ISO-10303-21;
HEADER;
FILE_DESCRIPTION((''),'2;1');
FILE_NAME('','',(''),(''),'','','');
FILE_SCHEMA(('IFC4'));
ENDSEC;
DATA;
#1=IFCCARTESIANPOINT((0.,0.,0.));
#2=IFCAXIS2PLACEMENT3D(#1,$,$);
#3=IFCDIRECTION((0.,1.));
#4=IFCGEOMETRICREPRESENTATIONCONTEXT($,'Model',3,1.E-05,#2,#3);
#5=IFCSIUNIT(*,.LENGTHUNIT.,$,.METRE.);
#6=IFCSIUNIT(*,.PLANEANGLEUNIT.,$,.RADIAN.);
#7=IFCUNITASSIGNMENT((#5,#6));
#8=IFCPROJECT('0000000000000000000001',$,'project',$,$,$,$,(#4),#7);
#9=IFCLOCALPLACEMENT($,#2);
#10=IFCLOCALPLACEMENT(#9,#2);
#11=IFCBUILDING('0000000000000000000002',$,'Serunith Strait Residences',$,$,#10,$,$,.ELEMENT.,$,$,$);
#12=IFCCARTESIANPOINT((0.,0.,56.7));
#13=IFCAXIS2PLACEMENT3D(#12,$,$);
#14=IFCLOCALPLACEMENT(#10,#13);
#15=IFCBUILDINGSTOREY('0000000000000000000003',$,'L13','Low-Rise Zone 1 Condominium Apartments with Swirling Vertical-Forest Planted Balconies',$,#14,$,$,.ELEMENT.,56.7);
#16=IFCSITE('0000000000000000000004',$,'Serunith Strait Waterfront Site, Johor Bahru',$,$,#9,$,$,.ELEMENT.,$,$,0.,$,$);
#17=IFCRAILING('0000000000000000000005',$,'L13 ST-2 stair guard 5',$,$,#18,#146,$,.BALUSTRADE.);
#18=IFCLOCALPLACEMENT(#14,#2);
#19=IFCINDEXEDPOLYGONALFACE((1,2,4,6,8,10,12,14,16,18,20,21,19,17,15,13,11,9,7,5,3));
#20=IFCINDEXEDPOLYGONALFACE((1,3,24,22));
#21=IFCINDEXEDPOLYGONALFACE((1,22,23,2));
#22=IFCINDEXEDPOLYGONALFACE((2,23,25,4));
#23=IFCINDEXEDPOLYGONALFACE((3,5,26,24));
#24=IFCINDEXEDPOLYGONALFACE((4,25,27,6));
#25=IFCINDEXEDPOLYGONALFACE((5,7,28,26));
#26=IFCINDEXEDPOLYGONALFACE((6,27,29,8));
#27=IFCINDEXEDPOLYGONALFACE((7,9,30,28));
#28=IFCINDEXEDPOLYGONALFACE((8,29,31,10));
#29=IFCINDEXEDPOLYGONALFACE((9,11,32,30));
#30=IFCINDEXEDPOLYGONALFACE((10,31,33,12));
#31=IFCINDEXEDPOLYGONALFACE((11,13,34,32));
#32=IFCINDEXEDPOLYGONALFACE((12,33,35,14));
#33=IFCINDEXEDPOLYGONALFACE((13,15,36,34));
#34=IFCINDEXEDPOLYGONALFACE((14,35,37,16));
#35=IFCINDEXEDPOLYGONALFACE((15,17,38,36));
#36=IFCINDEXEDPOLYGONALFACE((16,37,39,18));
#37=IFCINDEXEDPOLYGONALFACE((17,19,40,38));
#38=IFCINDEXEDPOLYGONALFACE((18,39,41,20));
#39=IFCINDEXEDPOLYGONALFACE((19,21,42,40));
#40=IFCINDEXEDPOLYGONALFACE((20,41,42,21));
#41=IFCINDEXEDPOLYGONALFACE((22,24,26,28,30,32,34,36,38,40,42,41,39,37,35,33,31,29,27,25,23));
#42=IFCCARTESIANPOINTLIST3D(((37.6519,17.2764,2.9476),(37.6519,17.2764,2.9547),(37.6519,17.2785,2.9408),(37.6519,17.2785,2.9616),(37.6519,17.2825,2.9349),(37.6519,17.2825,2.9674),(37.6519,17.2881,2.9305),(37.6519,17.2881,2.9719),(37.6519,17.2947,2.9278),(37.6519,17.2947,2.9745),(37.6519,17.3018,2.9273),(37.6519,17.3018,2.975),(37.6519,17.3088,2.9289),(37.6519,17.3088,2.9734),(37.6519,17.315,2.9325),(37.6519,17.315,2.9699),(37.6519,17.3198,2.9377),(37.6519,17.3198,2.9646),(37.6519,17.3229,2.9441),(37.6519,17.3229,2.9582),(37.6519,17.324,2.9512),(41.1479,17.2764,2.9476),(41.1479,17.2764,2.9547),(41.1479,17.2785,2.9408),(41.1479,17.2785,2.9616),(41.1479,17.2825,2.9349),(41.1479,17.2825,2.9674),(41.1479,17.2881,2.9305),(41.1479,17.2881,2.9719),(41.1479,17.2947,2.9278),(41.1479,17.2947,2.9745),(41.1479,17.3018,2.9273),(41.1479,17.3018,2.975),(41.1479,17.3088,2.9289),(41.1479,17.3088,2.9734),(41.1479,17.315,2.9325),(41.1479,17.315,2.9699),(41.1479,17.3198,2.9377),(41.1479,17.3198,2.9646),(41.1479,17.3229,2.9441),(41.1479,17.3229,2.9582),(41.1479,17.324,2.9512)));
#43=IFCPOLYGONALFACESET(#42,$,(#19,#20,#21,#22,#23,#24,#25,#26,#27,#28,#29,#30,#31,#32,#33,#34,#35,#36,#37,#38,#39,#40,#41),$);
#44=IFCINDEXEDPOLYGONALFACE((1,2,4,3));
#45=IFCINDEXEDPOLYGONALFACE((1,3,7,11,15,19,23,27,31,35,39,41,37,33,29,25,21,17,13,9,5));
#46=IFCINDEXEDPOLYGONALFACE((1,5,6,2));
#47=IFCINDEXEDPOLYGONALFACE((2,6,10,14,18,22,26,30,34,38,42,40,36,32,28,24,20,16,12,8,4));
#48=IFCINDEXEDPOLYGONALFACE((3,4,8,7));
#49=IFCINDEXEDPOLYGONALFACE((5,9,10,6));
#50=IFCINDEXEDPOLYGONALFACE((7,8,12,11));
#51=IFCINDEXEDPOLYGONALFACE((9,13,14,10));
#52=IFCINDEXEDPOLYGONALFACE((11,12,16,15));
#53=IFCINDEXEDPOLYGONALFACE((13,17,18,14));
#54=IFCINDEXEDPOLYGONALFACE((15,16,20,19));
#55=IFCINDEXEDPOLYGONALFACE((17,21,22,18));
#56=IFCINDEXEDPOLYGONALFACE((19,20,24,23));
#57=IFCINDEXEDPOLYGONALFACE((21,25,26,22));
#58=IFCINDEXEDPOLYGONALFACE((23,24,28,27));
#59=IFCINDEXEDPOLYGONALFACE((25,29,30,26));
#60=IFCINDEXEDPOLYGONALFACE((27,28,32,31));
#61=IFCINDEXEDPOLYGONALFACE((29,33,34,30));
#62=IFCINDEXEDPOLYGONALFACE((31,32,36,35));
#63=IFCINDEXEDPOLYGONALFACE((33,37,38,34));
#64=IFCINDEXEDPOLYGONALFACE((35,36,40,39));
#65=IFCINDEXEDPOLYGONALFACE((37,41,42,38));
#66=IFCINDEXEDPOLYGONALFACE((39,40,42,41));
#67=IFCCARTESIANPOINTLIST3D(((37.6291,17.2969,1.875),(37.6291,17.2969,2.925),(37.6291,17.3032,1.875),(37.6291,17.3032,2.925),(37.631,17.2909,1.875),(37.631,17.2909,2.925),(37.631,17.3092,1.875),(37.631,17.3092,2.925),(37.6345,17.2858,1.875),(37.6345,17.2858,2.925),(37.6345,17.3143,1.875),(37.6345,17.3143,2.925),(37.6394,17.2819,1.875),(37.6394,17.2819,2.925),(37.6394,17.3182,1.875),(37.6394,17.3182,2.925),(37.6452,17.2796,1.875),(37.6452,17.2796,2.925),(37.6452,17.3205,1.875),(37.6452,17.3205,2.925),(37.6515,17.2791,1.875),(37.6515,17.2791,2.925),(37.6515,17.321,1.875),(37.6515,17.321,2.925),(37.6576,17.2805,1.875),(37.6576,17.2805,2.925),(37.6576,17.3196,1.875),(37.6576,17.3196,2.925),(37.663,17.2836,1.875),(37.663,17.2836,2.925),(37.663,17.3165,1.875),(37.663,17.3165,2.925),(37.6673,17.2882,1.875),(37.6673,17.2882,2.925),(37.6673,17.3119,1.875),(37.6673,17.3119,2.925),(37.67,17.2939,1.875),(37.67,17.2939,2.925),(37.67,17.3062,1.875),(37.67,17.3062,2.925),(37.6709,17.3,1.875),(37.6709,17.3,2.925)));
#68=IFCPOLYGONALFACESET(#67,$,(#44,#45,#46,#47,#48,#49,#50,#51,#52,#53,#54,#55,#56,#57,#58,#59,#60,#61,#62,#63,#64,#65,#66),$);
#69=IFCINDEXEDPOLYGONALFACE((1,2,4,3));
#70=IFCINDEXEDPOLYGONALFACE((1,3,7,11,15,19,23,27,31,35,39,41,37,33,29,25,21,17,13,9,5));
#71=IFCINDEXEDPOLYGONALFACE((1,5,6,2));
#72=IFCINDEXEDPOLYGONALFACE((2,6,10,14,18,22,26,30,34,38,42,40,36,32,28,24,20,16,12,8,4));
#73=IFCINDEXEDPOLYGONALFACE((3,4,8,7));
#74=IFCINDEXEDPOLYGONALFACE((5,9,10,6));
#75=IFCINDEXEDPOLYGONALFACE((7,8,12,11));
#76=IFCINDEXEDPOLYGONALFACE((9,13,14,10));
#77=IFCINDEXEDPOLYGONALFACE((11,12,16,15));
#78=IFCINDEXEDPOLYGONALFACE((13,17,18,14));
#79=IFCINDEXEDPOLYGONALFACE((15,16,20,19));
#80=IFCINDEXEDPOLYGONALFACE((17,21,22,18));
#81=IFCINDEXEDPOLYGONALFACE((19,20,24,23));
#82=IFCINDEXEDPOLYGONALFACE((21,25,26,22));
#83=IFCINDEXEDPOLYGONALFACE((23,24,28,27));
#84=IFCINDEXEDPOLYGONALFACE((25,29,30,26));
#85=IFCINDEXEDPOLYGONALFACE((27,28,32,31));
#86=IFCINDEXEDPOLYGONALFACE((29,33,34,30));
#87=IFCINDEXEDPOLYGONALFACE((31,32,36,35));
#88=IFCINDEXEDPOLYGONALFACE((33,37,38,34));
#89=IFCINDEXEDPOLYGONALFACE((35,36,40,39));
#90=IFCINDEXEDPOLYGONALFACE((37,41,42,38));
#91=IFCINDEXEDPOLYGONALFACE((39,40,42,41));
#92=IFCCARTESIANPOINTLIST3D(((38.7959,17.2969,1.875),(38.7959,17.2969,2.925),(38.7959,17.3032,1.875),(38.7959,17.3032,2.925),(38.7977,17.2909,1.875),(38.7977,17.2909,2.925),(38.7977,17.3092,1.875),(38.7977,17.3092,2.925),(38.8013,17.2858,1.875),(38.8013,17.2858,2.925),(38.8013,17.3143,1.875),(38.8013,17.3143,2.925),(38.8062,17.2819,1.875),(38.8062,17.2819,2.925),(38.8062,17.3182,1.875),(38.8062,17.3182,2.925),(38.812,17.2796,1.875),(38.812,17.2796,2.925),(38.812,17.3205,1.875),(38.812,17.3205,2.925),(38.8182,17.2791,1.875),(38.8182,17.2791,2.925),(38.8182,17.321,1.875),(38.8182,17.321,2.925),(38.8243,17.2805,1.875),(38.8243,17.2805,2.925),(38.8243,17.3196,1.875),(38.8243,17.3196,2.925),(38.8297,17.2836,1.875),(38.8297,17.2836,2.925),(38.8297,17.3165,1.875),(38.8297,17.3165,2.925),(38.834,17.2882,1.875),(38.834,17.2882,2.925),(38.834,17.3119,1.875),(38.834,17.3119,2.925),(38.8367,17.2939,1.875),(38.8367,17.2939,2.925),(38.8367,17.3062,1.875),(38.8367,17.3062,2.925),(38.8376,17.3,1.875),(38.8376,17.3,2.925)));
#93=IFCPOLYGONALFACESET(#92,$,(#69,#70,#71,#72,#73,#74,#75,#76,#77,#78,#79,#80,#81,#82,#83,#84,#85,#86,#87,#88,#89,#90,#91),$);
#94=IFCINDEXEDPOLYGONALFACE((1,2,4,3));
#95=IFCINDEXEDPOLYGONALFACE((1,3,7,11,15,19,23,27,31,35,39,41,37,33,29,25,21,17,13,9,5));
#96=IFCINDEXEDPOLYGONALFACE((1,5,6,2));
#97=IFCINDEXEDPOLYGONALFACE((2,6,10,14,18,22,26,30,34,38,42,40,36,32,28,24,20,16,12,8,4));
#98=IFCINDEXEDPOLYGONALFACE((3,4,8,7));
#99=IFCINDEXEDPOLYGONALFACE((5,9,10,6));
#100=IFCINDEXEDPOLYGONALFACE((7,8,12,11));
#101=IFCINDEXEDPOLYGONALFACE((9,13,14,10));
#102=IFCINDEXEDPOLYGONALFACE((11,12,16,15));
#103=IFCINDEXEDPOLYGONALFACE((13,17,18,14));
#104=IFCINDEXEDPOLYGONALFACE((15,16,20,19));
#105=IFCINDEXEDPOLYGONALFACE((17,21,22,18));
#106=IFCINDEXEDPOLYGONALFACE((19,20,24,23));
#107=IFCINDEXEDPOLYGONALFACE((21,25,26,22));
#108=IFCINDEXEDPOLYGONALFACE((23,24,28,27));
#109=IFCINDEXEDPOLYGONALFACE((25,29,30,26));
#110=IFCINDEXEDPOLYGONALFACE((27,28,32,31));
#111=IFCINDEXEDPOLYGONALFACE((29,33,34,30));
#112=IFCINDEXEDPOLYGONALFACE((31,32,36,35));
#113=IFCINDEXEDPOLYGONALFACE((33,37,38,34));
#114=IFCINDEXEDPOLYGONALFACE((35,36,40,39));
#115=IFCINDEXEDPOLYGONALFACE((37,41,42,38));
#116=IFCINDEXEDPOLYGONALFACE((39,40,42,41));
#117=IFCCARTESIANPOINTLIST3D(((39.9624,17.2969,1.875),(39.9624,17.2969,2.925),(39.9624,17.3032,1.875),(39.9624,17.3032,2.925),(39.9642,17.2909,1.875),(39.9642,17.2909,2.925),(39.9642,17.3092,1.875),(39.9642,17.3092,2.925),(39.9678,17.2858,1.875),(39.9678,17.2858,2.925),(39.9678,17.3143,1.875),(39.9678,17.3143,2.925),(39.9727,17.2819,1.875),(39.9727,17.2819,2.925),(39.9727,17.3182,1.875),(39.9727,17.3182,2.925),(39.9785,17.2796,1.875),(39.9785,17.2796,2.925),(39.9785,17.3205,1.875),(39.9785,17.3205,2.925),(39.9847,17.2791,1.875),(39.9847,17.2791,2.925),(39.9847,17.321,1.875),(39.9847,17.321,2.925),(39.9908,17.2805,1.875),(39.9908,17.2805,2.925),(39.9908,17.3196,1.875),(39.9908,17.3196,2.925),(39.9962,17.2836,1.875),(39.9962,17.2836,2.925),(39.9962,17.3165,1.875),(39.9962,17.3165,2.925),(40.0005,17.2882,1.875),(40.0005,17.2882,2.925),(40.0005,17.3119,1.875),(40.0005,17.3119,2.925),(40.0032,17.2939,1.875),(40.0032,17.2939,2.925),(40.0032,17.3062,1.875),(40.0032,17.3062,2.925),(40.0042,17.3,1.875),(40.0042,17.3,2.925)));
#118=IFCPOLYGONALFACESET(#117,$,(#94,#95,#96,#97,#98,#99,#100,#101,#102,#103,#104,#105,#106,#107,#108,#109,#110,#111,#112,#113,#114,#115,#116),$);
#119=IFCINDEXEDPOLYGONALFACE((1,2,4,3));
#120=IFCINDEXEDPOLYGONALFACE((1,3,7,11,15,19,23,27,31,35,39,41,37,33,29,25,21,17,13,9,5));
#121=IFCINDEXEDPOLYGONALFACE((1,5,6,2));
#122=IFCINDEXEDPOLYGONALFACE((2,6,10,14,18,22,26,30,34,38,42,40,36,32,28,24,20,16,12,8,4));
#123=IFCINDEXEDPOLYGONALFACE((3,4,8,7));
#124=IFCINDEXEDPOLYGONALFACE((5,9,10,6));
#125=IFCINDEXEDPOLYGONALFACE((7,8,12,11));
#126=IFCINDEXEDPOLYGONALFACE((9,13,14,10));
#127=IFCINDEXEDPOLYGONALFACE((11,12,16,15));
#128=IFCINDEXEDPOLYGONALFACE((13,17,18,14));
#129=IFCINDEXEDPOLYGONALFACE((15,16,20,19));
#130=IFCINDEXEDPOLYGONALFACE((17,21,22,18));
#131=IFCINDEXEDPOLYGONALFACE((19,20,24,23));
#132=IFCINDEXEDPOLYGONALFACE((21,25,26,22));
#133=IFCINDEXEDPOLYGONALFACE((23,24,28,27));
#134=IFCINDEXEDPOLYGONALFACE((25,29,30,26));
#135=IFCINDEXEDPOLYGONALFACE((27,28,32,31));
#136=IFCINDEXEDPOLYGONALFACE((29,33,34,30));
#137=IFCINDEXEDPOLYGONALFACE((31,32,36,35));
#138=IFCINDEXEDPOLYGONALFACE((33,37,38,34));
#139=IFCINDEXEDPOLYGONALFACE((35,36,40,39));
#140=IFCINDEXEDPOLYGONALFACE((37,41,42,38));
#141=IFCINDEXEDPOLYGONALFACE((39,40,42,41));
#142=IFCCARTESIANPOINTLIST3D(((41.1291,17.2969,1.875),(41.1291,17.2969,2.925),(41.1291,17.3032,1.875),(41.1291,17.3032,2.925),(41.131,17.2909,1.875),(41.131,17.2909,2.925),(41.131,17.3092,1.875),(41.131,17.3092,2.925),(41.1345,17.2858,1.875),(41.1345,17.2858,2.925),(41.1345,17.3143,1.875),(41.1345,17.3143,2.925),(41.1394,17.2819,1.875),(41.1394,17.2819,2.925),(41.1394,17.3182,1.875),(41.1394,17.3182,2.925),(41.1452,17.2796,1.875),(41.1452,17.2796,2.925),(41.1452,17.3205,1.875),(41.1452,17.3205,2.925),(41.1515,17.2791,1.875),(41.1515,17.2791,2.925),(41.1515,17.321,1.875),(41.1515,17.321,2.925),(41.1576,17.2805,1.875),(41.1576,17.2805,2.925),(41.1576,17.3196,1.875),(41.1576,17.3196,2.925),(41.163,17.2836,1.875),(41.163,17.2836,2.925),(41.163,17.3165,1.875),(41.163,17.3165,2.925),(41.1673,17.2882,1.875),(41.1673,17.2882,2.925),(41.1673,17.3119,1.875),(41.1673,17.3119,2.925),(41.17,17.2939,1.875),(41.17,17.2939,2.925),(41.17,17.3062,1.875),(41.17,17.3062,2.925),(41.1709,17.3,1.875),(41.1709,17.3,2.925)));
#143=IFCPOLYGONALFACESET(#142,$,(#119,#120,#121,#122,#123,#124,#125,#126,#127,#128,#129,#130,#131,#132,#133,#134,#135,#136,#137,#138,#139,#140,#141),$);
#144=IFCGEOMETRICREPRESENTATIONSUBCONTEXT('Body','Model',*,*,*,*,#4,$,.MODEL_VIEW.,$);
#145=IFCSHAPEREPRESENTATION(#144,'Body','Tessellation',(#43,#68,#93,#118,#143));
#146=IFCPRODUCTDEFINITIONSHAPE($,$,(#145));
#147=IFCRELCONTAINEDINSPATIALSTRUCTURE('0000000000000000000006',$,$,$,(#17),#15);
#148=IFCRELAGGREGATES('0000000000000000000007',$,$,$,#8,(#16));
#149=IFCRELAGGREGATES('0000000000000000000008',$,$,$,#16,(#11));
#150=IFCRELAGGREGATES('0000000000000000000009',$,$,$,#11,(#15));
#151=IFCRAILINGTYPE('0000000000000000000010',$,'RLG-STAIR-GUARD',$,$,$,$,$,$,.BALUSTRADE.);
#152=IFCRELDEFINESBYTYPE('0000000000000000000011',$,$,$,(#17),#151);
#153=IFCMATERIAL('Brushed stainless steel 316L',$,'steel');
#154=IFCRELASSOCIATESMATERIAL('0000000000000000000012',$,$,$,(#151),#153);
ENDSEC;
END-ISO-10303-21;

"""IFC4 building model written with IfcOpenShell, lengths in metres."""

from ifc_helpers import new_model, si_unit, direction, frame, origin, origin_2d, place, context, subcontext, project, spatial, circle, extrude, material, type_object, element, save


model = new_model("IFC4")

# Units and contexts
model_context = context("Model", 3, precision=1e-05, world=origin(), true_north=direction((0.0, 1.0)))
body_context = subcontext(model_context, "Body", "Model", "MODEL_VIEW")
ifc_project = project(units=[si_unit("LENGTHUNIT", "METRE"), si_unit("PLANEANGLEUNIT", "RADIAN")], contexts=[model_context])

# Site, building, storey
site_placement = place(None, origin())
site = spatial("IfcSite", under=ifc_project, at=site_placement, Name="Serunith Strait Waterfront Site, Johor Bahru", CompositionType="ELEMENT", RefElevation=0.0)
building_placement = place(site_placement, origin())
building = spatial("IfcBuilding", under=site, at=building_placement, Name="Serunith Strait Residences", CompositionType="ELEMENT")
storey_placement = place(building_placement, frame((0.0, 0.0, 56.7)))
storey = spatial("IfcBuildingStorey", under=building, at=storey_placement, Name="L13", Description="Low-Rise Zone 1 Condominium Apartments with Swirling Vertical-Forest Planted Balconies", CompositionType="ELEMENT", Elevation=56.7)

# Railing
ifc_material_1 = material(Name="Brushed stainless steel 316L", Category="steel")
railing_type_1 = type_object("IfcRailingType", Name="RLG-STAIR-GUARD", PredefinedType="BALUSTRADE", material=ifc_material_1)
railing_1_placement = place(storey_placement, frame((37.6499, 17.3, 1.875)))
element("IfcRailing", 1, at=railing_1_placement, inside=storey, type_object=railing_type_1, Name="L13 ST-2 stair guard 5", PredefinedType="BALUSTRADE", context=body_context, shape_type="SweptSolid", body=[
    extrude(circle(Radius=0.0239, at=origin_2d()), frame((0.002, 0.0, 1.0762), z_axis=(1.0, 0.0, 0.0), x_axis=(0.0, 1.0, 0.0)), (0.0, 0.0, 1.0), 3.4961),
    extrude(circle(Radius=0.021, at=origin_2d()), origin(), (0.0, 0.0, 1.0), 1.05),
    extrude(circle(Radius=0.021, at=origin_2d()), frame((1.1667, 0.0, 0.0)), (0.0, 0.0, 1.0), 1.05),
    extrude(circle(Radius=0.021, at=origin_2d()), frame((2.3333, 0.0, 0.0)), (0.0, 0.0, 1.0), 1.05),
    extrude(circle(Radius=0.021, at=origin_2d()), frame((3.5, 0.0, 0.0)), (0.0, 0.0, 1.0), 1.05),
])

save(model, "model.ifc")
